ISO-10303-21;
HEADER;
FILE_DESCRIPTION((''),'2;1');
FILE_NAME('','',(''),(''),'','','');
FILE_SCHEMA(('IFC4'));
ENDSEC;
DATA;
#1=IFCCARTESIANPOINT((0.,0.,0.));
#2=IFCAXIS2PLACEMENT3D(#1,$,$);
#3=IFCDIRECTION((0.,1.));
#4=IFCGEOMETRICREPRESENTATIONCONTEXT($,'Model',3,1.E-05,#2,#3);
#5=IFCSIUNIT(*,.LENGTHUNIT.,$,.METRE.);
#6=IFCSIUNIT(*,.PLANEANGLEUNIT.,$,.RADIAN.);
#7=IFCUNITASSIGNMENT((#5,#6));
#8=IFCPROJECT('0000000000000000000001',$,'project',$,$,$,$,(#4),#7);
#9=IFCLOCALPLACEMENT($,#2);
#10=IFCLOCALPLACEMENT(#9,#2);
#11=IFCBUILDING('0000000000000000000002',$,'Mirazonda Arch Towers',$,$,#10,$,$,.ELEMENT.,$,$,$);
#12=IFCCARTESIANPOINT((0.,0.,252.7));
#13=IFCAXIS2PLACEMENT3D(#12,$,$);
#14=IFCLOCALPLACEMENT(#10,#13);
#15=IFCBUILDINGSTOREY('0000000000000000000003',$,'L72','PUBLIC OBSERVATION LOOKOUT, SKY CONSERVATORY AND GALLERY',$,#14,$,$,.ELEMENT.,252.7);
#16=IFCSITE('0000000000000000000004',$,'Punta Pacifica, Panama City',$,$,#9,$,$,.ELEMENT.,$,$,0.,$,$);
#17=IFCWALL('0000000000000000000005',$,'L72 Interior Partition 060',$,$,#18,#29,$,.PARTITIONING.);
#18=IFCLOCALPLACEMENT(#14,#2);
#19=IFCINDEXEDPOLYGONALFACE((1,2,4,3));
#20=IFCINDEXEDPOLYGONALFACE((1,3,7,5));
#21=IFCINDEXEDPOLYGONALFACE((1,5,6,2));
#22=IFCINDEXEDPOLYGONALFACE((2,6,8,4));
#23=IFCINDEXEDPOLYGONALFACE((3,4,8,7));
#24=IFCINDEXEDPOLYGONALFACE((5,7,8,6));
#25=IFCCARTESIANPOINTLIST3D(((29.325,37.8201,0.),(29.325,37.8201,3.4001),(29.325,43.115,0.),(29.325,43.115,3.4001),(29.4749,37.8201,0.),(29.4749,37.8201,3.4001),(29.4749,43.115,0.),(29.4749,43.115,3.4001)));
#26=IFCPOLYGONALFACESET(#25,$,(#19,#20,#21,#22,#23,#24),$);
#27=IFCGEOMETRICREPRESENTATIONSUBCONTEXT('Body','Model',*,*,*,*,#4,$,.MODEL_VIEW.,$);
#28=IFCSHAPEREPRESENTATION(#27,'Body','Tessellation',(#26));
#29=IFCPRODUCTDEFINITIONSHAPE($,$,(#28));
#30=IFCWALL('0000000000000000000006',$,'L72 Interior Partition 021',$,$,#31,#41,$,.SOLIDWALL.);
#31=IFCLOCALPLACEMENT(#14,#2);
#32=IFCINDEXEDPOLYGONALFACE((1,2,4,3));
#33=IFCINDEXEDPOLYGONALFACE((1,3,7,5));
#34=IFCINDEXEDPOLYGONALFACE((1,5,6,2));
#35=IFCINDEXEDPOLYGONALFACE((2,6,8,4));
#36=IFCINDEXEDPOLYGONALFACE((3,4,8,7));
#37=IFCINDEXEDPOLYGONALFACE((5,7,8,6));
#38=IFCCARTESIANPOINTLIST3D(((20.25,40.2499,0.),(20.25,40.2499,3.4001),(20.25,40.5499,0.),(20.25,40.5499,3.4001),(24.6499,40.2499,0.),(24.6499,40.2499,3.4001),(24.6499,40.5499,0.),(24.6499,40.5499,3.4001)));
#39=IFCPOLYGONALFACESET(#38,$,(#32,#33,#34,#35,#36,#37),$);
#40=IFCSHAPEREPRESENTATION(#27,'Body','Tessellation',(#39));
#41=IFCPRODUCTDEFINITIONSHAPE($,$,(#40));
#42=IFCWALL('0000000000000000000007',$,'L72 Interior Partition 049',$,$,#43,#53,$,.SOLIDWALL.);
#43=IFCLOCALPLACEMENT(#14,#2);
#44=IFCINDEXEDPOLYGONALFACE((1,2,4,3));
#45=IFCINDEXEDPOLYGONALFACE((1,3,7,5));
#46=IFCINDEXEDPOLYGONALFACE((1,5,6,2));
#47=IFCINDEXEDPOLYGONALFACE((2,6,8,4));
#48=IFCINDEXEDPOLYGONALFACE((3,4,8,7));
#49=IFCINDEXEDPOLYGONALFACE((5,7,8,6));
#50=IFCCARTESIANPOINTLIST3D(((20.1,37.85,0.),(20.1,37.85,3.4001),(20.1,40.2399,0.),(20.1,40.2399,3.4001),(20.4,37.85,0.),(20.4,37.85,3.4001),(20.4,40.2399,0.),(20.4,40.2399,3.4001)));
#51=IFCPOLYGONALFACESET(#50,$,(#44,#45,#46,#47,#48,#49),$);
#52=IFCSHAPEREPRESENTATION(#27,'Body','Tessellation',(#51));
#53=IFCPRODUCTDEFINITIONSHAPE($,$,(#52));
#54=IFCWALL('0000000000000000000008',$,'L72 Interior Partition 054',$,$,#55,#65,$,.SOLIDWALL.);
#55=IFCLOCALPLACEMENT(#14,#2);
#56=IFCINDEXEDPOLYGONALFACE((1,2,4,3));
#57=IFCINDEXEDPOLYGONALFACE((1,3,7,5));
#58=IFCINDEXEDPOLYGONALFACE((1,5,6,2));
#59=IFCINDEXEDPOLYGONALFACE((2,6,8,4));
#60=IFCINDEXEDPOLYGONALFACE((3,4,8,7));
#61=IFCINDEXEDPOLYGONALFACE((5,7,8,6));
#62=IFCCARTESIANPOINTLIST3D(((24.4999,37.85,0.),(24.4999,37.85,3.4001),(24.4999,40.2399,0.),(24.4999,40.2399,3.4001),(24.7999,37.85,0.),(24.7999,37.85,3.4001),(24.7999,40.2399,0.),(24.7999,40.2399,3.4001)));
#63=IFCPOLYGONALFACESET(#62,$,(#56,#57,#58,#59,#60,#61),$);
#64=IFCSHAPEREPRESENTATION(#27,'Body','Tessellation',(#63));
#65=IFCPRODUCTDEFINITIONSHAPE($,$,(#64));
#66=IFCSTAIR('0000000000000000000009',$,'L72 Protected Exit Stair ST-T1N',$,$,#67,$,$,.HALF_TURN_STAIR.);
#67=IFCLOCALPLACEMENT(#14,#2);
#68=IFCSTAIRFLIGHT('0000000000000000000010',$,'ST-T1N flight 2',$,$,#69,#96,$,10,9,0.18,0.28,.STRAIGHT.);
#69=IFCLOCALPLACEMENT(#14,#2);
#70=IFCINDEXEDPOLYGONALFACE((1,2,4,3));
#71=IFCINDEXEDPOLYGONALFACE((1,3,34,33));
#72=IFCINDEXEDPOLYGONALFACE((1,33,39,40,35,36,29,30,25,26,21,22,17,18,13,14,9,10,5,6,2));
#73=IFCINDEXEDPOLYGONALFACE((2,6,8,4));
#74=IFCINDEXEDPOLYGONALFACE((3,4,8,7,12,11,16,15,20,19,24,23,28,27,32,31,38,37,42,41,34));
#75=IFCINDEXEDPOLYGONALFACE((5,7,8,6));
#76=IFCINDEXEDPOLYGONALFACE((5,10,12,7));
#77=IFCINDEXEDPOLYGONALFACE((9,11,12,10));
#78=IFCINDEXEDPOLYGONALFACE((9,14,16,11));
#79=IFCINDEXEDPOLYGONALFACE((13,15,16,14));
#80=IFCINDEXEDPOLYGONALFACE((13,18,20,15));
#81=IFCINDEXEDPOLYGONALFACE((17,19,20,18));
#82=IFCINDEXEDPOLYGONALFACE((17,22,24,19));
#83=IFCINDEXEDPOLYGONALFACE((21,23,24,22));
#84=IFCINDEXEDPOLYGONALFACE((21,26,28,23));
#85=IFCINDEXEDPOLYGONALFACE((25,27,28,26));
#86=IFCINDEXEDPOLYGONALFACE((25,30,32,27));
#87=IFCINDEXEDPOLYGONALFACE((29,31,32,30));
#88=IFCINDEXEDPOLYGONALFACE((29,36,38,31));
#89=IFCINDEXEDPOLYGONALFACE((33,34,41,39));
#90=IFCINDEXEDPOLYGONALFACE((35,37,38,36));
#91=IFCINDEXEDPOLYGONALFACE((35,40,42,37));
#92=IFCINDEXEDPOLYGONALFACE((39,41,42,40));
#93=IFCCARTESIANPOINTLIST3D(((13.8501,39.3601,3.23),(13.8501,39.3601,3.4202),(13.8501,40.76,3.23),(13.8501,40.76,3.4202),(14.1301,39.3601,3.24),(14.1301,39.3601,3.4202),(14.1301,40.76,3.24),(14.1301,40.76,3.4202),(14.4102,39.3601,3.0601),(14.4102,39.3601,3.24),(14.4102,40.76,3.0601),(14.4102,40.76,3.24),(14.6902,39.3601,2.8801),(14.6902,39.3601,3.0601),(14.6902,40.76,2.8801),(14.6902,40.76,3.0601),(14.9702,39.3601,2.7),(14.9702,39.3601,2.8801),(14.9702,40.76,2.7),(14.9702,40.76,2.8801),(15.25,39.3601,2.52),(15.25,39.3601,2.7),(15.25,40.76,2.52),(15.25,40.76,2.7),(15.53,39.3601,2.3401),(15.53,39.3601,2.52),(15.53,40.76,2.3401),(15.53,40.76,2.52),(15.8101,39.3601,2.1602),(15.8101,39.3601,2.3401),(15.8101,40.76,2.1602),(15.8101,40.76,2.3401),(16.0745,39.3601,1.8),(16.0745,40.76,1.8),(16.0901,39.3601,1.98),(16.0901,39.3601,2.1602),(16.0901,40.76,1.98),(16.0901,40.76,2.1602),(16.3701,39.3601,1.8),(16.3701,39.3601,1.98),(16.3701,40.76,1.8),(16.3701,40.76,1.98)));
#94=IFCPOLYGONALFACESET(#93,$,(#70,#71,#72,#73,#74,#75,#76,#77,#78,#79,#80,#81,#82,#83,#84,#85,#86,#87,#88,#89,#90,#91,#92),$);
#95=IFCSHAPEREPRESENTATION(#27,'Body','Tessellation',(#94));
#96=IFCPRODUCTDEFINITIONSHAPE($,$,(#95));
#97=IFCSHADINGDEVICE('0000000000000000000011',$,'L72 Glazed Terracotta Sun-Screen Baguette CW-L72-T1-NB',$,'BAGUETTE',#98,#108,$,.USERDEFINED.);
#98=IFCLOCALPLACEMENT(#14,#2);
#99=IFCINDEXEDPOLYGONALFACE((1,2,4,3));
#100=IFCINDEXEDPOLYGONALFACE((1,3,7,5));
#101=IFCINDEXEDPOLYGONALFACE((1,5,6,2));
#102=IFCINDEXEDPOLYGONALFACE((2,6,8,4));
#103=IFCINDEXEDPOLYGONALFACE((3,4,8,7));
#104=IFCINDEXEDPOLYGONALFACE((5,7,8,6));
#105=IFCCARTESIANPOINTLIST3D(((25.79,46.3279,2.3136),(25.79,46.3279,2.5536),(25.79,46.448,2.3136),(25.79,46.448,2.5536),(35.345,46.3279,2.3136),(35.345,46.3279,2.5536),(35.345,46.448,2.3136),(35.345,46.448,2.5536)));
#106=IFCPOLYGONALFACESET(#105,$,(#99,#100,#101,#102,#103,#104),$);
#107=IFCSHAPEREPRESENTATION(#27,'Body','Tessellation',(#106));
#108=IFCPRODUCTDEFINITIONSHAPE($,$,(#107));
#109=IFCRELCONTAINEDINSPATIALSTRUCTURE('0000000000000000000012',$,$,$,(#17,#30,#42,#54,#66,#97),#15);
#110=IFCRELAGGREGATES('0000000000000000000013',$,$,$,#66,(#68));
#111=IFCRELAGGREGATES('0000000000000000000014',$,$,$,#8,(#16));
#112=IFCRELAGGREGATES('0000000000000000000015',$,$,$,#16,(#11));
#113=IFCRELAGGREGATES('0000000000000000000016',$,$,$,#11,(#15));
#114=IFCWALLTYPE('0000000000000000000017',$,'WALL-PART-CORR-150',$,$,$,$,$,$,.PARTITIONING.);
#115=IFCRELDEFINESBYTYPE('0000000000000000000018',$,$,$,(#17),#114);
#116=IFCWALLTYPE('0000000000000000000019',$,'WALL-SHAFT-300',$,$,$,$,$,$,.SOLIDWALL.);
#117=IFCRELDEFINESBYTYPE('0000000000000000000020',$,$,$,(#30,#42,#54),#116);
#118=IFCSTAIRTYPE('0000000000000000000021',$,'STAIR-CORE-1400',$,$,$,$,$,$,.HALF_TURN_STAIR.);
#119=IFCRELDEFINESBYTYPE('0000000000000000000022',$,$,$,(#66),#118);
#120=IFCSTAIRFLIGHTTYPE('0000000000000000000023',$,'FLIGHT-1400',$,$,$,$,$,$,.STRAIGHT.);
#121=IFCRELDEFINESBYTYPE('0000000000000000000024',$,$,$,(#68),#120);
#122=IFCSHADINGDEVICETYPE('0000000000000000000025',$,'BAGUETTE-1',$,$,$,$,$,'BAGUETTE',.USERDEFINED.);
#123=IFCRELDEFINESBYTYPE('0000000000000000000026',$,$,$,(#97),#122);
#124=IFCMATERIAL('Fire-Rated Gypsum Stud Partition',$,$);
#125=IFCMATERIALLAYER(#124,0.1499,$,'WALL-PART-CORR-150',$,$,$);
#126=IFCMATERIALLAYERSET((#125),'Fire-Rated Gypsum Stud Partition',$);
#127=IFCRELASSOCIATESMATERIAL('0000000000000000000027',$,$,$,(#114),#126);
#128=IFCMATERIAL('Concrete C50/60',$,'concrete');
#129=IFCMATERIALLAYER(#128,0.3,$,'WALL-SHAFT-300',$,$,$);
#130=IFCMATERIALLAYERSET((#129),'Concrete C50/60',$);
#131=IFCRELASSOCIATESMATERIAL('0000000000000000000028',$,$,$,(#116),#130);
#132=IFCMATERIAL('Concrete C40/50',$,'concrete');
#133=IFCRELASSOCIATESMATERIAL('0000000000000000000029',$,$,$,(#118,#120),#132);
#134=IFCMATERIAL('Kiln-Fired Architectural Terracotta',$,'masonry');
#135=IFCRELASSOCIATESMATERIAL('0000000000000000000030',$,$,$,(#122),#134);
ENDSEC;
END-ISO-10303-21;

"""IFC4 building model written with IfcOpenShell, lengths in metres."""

from ifc_helpers import new_model, si_unit, direction, frame, frame_2d, origin, origin_2d, place, context, subcontext, project, spatial, polyline, rectangle, outline, extrude, material, layer, layer_set, material_profile, profile_set, type_object, element, aggregate, save


model = new_model("IFC4")

# Units and contexts
model_context = context("Model", 3, precision=1e-05, world=origin(), true_north=direction((0.0, 1.0)))
body_context = subcontext(model_context, "Body", "Model", "MODEL_VIEW")
ifc_project = project(units=[si_unit("LENGTHUNIT", "METRE"), si_unit("PLANEANGLEUNIT", "RADIAN")], contexts=[model_context])

# Site, building, storey
site_placement = place(None, origin())
site = spatial("IfcSite", under=ifc_project, at=site_placement, Name="Punta Pacifica, Panama City", CompositionType="ELEMENT", RefElevation=0.0)
building_placement = place(site_placement, origin())
building = spatial("IfcBuilding", under=site, at=building_placement, Name="Mirazonda Arch Towers", CompositionType="ELEMENT")
storey_placement = place(building_placement, frame((0.0, 0.0, 252.7)))
storey = spatial("IfcBuildingStorey", under=building, at=storey_placement, Name="L72", Description="PUBLIC OBSERVATION LOOKOUT, SKY CONSERVATORY AND GALLERY", CompositionType="ELEMENT", Elevation=252.7)

# Shared definitions
ifc_material_1 = material(Name="Concrete C50/60", Category="concrete")

# Walls
ifc_material_2 = material(Name="Concrete C40/50", Category="concrete")
ifc_material_3 = material(Name="Fire-Rated Gypsum Stud Partition")
ifc_layer_1 = layer(ifc_material_3, 0.1499, Name="WALL-PART-CORR-150")
ifc_layer_set_1 = layer_set([ifc_layer_1], Name="Fire-Rated Gypsum Stud Partition")
wall_type_1 = type_object("IfcWallType", Name="WALL-PART-CORR-150", PredefinedType="PARTITIONING", material=ifc_layer_set_1)
wall_1_placement = place(storey_placement, frame((29.3999, 37.8201, 0.0), z_axis=(0.0, 0.0, 1.0), x_axis=(0.0, 1.0, 0.0)))
element("IfcWall", 1, at=wall_1_placement, inside=storey, type_object=wall_type_1, Name="L72 Interior Partition 060", PredefinedType="PARTITIONING", context=body_context, shape_type="SweptSolid", body=[
    extrude(rectangle(XDim=5.2949, YDim=0.1499, at=frame_2d((2.6475, 0.0))), origin(), (0.0, 0.0, 1.0), 3.4001),
])
ifc_layer_2 = layer(ifc_material_1, 0.3, Name="WALL-SHAFT-300")
ifc_layer_set_2 = layer_set([ifc_layer_2], Name="Concrete C50/60")
wall_type_2 = type_object("IfcWallType", Name="WALL-SHAFT-300", PredefinedType="SOLIDWALL", material=ifc_layer_set_2)
wall_2_placement = place(storey_placement, frame((20.25, 40.3999, 0.0), z_axis=(0.0, 0.0, 1.0), x_axis=(1.0, 0.0, 0.0)))
element("IfcWall", 2, at=wall_2_placement, inside=storey, type_object=wall_type_2, Name="L72 Interior Partition 021", PredefinedType="SOLIDWALL", context=body_context, shape_type="SweptSolid", body=[
    extrude(rectangle(XDim=4.3999, YDim=0.3, at=frame_2d((2.2, 0.0))), origin(), (0.0, 0.0, 1.0), 3.4001),
])
for number, where, z_axis, x_axis, name in (
    (3, (20.25, 37.8501, 0.0), (0.0, 0.0, 1.0), (0.0, 1.0, 0.0), "L72 Interior Partition 049"),
    (4, (24.6499, 37.8501, 0.0), (0.0, 0.0, 1.0), (0.0, 1.0, 0.0), "L72 Interior Partition 054"),
):
    element("IfcWall", number, at=place(storey_placement, frame(where, z_axis=z_axis, x_axis=x_axis)), inside=storey, type_object=wall_type_2, Name=name, PredefinedType="SOLIDWALL", context=body_context, shape_type="SweptSolid", body=[
        extrude(rectangle(XDim=2.3899, YDim=0.3, at=frame_2d((1.1948, 0.0))), origin(), (0.0, 0.0, 1.0), 3.4001),
    ])

# Stair, stair flight
stair_type = type_object("IfcStairType", Name="STAIR-CORE-1400", PredefinedType="HALF_TURN_STAIR", material=ifc_material_2)
stair_placement = place(storey_placement, origin())
stair = element("IfcStair", 5, at=stair_placement, inside=storey, type_object=stair_type, Name="L72 Protected Exit Stair ST-T1N", PredefinedType="HALF_TURN_STAIR")
stair_flight_type = type_object("IfcStairFlightType", Name="FLIGHT-1400", PredefinedType="STRAIGHT", material=ifc_material_2)
stair_flight_placement = place(storey_placement, frame((16.3701, 40.0601, 1.8), z_axis=(0.0, 0.0, 1.0), x_axis=(-1.0, 0.0, 0.0)))
stair_flight = element("IfcStairFlight", 6, at=stair_flight_placement, type_object=stair_flight_type, Name="ST-T1N flight 2", NumberOfRisers=10, NumberOfTreads=9, PredefinedType="STRAIGHT", RiserHeight=0.18, TreadLength=0.28, context=body_context, shape_type="SweptSolid", body=[
    extrude(outline(polyline([(0.0, 0.0), (0.0, 0.1799), (0.28, 0.1799), (0.28, 0.3601), (0.5601, 0.3601), (0.5601, 0.54), (0.8401, 0.54), (0.8401, 0.72), (1.1201, 0.72), (1.1201, 0.8999), (1.3999, 0.8999), (1.3999, 1.0801), (1.6799, 1.0801), (1.6799, 1.26), (1.96, 1.26), (1.96, 1.4399), (2.24, 1.4399), (2.24, 1.6201), (2.52, 1.6201), (2.52, 1.8), (2.52, 1.4299), (0.2957, 0.0), (0.0, 0.0)])), frame((0.0, 0.7, 0.0), z_axis=(0.0, -1.0, 0.0), x_axis=(1.0, 0.0, 0.0)), (0.0, 0.0, 1.0), 1.3999),
])
aggregate(stair, [stair_flight])

# Shading device
ifc_material_4 = material(Name="Kiln-Fired Architectural Terracotta", Category="masonry")
ifc_material_profile_1 = material_profile(ifc_material_4, rectangle(XDim=0.1201, YDim=0.24, at=origin_2d()), Name="TERRA-BAG-120x240")
ifc_profile_set_1 = profile_set([ifc_material_profile_1], Name="Kiln-Fired Architectural Terracotta")
shading_device_type = type_object("IfcShadingDeviceType", Name="BAGUETTE-1", ElementType="BAGUETTE", PredefinedType="USERDEFINED", material=ifc_profile_set_1)
shading_device_placement = place(storey_placement, frame((25.79, 46.3879, 2.4336), z_axis=(1.0, 0.0, 0.0), x_axis=(0.0, 1.0, 0.0)))
element("IfcShadingDevice", 7, at=shading_device_placement, inside=storey, type_object=shading_device_type, Name="L72 Glazed Terracotta Sun-Screen Baguette CW-L72-T1-NB", ObjectType="BAGUETTE", PredefinedType="USERDEFINED", context=body_context, shape_type="SweptSolid", body=[
    extrude(rectangle(XDim=0.1201, YDim=0.24, at=origin_2d()), origin(), (0.0, 0.0, 1.0), 9.5549),
])

save(model, "model.ifc")
